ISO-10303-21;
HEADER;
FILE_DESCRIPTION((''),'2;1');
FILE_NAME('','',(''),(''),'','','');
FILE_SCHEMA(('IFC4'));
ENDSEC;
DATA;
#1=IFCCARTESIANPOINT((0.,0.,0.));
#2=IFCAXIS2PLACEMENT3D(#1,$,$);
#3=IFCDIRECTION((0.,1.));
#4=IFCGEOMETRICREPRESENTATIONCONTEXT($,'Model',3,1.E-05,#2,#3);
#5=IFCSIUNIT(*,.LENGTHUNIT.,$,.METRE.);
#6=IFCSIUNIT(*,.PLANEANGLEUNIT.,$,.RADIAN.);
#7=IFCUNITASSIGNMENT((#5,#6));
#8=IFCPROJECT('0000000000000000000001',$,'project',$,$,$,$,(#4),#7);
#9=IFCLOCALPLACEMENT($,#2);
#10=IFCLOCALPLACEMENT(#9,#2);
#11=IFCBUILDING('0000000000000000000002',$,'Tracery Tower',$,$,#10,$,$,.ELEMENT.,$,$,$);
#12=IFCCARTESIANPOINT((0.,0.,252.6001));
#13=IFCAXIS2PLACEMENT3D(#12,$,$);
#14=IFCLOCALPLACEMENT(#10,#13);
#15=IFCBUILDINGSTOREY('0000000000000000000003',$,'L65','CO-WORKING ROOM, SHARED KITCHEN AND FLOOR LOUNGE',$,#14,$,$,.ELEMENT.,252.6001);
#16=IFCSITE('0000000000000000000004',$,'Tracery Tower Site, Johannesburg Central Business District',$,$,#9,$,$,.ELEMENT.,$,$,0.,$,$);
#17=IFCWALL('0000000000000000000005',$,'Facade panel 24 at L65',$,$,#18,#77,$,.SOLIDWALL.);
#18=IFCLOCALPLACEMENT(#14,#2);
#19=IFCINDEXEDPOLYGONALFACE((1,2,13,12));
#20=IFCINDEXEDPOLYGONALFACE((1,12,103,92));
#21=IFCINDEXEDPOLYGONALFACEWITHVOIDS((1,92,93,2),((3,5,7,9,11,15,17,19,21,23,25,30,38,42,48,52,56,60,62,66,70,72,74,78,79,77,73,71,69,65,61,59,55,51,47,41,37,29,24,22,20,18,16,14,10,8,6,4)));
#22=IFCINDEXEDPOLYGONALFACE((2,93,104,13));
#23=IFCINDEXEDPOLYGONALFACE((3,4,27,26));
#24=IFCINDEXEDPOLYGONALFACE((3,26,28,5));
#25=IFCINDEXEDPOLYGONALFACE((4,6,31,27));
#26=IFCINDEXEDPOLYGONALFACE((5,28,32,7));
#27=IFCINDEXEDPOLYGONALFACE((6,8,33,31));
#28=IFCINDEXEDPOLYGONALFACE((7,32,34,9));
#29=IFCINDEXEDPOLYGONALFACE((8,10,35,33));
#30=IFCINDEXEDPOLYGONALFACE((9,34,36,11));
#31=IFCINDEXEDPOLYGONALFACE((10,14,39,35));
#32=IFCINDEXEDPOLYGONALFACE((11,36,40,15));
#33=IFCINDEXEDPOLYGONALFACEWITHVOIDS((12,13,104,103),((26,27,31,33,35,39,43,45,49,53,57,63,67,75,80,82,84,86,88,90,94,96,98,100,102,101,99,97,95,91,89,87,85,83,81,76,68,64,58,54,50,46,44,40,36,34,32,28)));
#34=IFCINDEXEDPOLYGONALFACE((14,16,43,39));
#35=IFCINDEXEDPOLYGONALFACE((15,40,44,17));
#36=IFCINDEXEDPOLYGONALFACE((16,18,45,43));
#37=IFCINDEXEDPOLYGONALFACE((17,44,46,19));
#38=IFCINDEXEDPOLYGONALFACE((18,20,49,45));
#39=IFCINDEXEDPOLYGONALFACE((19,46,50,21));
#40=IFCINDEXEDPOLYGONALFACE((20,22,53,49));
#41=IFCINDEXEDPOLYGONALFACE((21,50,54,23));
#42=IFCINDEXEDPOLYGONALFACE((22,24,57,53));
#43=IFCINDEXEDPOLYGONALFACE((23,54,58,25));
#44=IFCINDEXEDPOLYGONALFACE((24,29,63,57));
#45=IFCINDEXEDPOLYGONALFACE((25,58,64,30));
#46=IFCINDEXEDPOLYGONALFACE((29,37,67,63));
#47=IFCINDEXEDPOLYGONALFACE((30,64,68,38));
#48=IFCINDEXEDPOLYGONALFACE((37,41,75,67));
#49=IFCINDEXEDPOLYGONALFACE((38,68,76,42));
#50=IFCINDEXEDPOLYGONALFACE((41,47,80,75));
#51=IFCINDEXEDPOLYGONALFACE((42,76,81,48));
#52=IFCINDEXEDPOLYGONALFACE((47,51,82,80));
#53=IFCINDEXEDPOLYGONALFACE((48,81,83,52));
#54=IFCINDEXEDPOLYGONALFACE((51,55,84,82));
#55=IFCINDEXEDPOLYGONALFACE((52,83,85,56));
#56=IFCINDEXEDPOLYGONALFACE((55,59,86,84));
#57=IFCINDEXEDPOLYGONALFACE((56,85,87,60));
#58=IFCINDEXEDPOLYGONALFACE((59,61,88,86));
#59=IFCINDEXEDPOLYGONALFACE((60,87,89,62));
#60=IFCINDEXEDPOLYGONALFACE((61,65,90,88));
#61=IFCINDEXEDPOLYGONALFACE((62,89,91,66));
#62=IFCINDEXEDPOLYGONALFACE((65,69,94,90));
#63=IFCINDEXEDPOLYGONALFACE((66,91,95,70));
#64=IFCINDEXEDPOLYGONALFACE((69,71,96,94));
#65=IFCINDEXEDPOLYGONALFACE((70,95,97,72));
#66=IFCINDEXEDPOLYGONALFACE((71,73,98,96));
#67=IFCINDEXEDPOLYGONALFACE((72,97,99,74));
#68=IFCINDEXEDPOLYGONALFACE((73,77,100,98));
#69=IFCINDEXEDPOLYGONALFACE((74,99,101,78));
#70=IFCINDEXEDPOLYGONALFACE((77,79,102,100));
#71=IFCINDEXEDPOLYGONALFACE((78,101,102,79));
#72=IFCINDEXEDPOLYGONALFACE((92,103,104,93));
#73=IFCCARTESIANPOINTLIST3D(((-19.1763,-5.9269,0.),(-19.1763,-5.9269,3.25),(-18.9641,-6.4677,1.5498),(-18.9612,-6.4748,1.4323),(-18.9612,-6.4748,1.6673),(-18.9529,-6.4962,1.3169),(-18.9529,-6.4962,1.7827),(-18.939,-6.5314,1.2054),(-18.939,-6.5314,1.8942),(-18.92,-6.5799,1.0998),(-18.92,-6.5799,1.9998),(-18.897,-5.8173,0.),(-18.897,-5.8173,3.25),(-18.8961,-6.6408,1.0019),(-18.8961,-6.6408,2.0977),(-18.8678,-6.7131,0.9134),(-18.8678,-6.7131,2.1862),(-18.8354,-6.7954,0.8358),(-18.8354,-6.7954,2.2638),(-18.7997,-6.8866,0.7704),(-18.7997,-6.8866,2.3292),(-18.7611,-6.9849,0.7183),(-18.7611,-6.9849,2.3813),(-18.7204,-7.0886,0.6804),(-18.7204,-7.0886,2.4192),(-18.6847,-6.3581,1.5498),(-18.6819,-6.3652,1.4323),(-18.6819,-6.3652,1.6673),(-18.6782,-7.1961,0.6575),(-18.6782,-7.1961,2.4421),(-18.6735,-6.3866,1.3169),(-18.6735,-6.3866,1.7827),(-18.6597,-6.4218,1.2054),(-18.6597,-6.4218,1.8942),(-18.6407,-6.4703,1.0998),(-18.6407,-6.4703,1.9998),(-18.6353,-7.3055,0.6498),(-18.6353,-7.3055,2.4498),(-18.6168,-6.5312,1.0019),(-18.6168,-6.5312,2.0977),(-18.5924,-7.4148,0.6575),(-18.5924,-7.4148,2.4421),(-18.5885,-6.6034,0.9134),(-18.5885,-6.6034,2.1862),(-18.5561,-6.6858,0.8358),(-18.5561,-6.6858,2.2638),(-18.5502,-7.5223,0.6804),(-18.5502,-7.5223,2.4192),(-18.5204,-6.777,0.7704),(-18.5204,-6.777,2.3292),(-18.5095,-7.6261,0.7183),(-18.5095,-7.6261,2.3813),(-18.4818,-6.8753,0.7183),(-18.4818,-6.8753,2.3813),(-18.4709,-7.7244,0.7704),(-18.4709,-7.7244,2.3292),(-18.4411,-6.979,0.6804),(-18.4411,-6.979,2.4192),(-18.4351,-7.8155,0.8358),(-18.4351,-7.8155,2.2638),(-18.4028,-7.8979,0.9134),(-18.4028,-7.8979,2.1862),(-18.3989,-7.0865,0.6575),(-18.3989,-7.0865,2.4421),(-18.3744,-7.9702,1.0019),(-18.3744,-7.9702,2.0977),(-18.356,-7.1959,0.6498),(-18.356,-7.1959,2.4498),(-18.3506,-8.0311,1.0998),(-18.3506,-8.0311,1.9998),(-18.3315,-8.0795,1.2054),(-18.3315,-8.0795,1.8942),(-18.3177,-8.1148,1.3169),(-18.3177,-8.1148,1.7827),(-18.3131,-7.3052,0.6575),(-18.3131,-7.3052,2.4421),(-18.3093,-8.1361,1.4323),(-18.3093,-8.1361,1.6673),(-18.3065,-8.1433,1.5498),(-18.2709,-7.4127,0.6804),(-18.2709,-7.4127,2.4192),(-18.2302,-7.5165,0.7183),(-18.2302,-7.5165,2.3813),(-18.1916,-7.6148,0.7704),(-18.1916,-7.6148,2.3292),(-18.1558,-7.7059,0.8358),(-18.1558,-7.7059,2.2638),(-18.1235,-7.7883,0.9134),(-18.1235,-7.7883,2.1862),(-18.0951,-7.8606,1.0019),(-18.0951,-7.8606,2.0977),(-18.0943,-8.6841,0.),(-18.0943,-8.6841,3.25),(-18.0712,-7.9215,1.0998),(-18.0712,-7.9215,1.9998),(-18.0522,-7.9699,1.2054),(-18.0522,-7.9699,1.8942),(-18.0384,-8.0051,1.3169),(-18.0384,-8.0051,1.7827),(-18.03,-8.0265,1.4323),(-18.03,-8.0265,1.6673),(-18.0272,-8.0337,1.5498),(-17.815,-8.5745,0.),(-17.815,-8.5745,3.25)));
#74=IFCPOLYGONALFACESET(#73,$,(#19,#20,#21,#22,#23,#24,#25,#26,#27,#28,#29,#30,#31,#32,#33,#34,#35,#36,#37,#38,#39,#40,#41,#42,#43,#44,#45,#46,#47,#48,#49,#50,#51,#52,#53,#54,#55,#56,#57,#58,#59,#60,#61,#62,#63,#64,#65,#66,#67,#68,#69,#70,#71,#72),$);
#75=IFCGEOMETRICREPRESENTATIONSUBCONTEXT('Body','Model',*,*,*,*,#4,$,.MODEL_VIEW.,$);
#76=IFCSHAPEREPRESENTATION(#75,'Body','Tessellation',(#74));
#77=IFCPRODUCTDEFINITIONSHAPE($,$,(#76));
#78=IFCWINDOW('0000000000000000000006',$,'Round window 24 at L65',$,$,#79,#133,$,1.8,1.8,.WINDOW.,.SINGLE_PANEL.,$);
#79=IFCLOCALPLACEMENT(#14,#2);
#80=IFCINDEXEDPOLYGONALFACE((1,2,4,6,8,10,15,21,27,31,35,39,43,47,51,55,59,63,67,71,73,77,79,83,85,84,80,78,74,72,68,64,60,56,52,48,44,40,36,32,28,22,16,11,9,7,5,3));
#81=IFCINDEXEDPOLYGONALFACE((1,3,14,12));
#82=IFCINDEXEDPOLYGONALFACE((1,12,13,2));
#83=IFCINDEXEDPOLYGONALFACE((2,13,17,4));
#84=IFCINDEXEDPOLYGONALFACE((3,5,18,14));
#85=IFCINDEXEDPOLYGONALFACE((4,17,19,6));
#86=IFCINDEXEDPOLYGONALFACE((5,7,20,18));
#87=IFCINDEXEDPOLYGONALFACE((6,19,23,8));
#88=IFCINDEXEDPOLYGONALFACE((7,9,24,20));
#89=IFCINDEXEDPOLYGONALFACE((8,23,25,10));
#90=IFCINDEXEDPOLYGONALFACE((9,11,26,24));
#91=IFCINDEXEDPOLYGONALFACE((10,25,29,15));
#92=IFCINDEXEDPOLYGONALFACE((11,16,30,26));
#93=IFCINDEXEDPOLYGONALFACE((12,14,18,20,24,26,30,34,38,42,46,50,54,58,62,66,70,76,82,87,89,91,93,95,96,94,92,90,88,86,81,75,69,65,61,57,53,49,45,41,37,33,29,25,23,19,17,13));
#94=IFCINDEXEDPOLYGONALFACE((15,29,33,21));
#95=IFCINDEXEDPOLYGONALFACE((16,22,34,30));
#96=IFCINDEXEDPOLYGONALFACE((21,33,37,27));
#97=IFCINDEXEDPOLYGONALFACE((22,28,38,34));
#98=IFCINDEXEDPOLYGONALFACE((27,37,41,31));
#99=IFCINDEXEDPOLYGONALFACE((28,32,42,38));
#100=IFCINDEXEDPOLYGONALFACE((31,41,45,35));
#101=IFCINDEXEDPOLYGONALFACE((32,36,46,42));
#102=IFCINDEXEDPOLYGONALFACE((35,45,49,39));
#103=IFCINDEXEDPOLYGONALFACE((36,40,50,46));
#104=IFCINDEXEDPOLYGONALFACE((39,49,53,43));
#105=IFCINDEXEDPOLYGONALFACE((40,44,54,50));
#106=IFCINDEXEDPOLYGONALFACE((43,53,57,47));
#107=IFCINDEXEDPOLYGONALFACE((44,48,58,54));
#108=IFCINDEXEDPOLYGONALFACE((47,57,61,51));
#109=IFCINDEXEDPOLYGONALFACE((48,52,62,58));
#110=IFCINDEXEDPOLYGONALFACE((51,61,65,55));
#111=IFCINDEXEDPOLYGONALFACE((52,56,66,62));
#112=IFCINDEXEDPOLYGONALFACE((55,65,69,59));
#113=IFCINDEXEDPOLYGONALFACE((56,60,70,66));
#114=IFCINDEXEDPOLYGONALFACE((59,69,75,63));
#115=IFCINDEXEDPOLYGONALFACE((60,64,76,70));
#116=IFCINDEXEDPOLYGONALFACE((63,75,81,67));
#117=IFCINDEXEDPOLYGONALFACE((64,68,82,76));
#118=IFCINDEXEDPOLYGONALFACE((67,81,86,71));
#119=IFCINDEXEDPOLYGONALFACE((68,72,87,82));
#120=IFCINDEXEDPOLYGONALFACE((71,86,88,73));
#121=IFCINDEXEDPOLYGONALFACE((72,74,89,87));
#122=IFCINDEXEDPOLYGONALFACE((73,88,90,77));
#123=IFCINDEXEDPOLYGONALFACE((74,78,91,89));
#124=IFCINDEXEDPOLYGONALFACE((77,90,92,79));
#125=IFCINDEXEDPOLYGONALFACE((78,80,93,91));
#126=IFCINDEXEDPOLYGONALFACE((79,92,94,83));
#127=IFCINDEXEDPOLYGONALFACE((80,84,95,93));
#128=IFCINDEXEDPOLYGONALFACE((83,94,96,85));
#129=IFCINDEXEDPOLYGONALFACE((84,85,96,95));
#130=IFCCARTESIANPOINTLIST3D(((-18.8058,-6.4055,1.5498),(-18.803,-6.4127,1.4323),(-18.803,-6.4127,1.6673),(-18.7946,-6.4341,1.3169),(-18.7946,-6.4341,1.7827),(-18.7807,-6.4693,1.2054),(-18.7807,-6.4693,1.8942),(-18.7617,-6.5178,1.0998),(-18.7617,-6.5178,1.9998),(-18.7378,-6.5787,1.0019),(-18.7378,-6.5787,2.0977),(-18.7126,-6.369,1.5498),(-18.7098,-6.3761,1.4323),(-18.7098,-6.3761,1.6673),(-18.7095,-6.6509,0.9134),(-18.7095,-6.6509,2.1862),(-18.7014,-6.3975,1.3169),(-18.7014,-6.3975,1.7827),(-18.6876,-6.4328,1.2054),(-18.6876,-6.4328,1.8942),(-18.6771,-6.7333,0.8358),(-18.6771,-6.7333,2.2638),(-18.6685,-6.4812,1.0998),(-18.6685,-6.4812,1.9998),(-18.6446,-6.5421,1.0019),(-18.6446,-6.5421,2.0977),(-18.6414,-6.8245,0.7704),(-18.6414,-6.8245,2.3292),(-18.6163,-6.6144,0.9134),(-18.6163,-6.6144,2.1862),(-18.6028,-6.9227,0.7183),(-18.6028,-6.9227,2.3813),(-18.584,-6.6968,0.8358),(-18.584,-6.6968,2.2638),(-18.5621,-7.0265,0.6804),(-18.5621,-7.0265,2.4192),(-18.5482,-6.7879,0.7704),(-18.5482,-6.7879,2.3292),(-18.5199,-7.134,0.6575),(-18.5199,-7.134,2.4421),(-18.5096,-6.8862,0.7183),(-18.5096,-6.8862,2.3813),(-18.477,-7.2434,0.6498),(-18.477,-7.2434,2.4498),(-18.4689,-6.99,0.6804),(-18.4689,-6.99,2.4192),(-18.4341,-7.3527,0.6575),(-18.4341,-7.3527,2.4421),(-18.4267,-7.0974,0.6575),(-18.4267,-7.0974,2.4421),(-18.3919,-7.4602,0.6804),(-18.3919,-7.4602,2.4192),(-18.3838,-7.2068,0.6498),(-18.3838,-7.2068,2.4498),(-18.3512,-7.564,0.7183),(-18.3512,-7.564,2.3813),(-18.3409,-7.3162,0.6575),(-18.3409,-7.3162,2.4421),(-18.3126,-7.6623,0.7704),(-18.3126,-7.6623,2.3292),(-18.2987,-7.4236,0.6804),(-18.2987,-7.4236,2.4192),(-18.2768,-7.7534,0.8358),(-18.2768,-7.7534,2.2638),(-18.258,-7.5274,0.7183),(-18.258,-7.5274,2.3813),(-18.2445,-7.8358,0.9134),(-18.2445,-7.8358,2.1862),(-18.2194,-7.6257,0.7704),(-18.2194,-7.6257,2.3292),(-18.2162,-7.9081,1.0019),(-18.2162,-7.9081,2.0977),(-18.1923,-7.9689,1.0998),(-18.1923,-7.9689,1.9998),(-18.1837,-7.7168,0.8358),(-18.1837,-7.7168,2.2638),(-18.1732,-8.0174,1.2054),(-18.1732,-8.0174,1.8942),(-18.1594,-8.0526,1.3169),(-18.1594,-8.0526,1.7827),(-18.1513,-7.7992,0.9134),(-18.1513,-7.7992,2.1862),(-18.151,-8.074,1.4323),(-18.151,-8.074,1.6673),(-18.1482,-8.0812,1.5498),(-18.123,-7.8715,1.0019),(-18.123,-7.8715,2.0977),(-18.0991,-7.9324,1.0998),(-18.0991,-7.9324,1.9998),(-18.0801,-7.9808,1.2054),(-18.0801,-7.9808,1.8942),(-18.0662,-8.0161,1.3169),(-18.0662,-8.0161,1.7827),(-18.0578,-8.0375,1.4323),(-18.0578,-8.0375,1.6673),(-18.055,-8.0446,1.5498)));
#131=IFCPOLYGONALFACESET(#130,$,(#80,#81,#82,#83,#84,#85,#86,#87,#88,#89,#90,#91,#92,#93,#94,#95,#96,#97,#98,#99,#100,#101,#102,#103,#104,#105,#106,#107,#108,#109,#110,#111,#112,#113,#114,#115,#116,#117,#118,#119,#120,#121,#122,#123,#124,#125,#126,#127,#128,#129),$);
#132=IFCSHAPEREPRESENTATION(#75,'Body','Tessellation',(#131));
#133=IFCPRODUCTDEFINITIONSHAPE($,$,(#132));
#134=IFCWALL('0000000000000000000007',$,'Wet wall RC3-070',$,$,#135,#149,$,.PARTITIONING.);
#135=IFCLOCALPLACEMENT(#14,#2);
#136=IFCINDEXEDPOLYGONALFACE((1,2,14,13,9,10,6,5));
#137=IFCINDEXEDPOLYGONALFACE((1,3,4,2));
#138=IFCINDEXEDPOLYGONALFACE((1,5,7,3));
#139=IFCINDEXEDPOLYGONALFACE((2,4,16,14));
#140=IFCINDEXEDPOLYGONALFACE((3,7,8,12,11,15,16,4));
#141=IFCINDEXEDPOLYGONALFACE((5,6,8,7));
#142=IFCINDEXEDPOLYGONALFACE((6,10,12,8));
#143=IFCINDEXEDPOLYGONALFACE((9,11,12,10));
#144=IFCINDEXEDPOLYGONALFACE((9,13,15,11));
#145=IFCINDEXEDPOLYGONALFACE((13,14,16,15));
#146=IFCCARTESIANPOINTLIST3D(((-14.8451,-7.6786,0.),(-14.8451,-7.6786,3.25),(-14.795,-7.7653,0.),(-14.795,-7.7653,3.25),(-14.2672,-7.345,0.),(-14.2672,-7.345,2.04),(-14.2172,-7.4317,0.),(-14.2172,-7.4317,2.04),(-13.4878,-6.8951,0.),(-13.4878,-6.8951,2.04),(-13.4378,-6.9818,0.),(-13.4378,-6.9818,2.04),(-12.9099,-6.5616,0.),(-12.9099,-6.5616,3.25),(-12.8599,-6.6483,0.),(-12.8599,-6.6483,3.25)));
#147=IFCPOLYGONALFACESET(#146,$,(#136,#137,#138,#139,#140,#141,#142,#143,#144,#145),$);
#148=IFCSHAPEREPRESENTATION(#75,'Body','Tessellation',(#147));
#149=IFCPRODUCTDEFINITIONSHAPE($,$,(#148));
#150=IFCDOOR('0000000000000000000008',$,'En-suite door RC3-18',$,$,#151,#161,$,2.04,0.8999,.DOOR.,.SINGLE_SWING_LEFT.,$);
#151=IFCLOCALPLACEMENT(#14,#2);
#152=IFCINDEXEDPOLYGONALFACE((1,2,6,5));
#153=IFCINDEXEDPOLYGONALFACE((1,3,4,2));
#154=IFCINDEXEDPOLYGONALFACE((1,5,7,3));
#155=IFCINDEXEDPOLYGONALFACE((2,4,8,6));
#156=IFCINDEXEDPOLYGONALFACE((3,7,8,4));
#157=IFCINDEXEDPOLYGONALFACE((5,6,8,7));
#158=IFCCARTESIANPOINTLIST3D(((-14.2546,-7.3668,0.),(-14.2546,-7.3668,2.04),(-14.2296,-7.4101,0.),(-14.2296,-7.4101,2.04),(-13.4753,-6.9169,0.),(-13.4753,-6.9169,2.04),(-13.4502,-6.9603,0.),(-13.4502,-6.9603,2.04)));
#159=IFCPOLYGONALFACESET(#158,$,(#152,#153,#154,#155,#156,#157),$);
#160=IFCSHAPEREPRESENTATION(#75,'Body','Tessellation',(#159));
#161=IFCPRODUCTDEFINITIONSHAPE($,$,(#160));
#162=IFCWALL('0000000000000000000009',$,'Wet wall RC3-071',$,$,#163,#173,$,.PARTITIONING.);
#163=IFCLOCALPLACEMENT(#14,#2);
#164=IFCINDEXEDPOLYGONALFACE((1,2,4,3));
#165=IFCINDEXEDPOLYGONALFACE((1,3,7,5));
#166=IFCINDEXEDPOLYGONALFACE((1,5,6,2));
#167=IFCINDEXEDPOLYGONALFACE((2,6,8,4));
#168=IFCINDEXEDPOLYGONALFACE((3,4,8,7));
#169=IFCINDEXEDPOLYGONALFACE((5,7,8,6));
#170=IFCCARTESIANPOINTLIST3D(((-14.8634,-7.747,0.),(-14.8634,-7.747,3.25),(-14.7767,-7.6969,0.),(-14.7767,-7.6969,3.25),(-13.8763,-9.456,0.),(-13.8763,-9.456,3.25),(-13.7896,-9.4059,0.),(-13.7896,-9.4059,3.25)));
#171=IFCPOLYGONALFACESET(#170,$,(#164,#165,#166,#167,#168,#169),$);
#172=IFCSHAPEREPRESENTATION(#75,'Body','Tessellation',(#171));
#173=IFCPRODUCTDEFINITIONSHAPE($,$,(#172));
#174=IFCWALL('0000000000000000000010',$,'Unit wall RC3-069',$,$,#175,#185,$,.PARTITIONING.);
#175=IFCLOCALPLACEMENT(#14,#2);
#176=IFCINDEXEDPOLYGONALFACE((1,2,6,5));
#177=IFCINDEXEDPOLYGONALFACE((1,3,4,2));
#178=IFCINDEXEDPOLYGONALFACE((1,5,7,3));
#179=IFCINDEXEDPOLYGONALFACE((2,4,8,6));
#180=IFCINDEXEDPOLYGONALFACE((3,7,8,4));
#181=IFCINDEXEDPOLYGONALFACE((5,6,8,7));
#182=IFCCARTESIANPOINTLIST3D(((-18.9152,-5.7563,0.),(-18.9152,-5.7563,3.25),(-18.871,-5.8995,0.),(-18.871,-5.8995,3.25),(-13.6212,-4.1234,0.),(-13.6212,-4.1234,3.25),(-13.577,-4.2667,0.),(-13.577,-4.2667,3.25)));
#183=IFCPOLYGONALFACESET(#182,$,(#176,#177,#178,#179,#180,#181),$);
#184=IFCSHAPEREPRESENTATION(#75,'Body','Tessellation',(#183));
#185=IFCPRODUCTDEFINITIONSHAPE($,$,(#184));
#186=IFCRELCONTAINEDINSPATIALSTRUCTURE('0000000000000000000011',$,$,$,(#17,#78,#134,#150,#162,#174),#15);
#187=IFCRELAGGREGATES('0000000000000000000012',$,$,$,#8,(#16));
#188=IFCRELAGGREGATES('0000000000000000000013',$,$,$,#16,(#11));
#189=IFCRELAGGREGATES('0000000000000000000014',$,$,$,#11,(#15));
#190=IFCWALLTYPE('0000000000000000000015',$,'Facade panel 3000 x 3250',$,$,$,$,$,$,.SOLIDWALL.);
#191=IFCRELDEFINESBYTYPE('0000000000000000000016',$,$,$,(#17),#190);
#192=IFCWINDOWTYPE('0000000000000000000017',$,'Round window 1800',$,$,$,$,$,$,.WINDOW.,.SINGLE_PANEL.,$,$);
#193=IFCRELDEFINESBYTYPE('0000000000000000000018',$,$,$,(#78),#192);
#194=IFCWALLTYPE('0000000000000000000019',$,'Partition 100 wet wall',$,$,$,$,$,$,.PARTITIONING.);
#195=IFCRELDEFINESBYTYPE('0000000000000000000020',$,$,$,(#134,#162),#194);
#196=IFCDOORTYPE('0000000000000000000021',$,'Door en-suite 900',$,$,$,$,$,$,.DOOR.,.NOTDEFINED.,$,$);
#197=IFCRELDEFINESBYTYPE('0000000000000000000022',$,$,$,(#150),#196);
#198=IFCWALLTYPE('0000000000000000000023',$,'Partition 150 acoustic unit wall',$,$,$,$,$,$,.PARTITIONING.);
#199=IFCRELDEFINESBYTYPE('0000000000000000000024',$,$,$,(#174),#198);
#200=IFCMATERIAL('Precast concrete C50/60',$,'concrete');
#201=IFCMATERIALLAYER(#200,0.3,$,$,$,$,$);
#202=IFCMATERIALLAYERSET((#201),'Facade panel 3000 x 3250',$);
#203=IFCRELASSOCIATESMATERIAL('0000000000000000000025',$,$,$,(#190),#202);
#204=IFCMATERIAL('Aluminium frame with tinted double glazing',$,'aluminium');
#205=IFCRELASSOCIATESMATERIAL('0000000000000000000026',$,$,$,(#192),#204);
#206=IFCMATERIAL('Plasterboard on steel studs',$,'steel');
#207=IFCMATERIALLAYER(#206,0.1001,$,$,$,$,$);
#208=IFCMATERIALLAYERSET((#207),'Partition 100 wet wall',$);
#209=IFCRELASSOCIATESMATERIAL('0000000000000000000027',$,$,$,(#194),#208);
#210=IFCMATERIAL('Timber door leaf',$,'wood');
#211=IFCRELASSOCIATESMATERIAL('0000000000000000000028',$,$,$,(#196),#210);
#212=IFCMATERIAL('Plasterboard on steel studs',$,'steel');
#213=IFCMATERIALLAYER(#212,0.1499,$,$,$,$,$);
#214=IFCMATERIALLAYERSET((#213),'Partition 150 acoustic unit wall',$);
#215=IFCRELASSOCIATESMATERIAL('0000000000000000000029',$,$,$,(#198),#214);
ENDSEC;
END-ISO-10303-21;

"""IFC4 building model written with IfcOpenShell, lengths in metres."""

from ifc_helpers import new_model, si_unit, direction, frame, frame_2d, origin, origin_2d, place, context, subcontext, project, spatial, rectangle, circle, extrude, material, layer, layer_set, type_object, element, fill, save


model = new_model("IFC4")

# Units and contexts
model_context = context("Model", 3, precision=1e-05, world=origin(), true_north=direction((0.0, 1.0)))
body_context = subcontext(model_context, "Body", "Model", "MODEL_VIEW")
ifc_project = project(units=[si_unit("LENGTHUNIT", "METRE"), si_unit("PLANEANGLEUNIT", "RADIAN")], contexts=[model_context])

# Site, building, storey
site_placement = place(None, origin())
site = spatial("IfcSite", under=ifc_project, at=site_placement, Name="Tracery Tower Site, Johannesburg Central Business District", CompositionType="ELEMENT", RefElevation=0.0)
building_placement = place(site_placement, origin())
building = spatial("IfcBuilding", under=site, at=building_placement, Name="Tracery Tower", CompositionType="ELEMENT")
storey_placement = place(building_placement, frame((0.0, 0.0, 252.6001)))
storey = spatial("IfcBuildingStorey", under=building, at=storey_placement, Name="L65", Description="CO-WORKING ROOM, SHARED KITCHEN AND FLOOR LOUNGE", CompositionType="ELEMENT", Elevation=252.6001)

# Wall, opening, window
ifc_material_1 = material(Name="Precast concrete C50/60", Category="concrete")
ifc_layer_1 = layer(ifc_material_1, 0.3)
ifc_layer_set_1 = layer_set([ifc_layer_1], Name="Facade panel 3000 x 3250")
wall_type_1 = type_object("IfcWallType", Name="Facade panel 3000 x 3250", PredefinedType="SOLIDWALL", material=ifc_layer_set_1)
ifc_material_2 = material(Name="Aluminium frame with tinted double glazing", Category="aluminium")
window_type = type_object("IfcWindowType", Name="Round window 1800", PartitioningType="SINGLE_PANEL", PredefinedType="WINDOW", material=ifc_material_2)
wall_1_placement = place(storey_placement, frame((-19.0366, -5.8721, 0.0), z_axis=(0.0, 0.0, 1.0), x_axis=(0.3653, -0.93089, 0.0)))
wall_1 = element("IfcWall", 1, at=wall_1_placement, inside=storey, type_object=wall_type_1, Name="Facade panel 24 at L65", PredefinedType="SOLIDWALL", context=body_context, shape_type="SweptSolid", body=[
    extrude(rectangle(XDim=2.9619, YDim=0.3, at=frame_2d((1.481, 0.0))), origin(), (0.0, 0.0, 1.0), 3.25),
])
opening_1_placement = place(wall_1_placement, frame((1.481, 0.0, 1.5498)))
opening_1 = element("IfcOpeningElement", 2, at=opening_1_placement, cuts=wall_1, PredefinedType="OPENING", context=body_context, shape_type="SweptSolid", body=[
    extrude(circle(Radius=0.9, at=origin_2d()), frame((0.0, 0.1599, 0.0), z_axis=(0.0, -1.0, 0.0), x_axis=(1.0, 0.0, 0.0)), (0.0, 0.0, 1.0), 0.3201),
])
window_1_placement = place(opening_1_placement, origin())
window_1 = element("IfcWindow", 3, at=window_1_placement, inside=storey, type_object=window_type, Name="Round window 24 at L65", OverallHeight=1.8, OverallWidth=1.8, PartitioningType="SINGLE_PANEL", PredefinedType="WINDOW", context=body_context, shape_type="SweptSolid", body=[
    extrude(circle(Radius=0.9, at=origin_2d()), frame((0.0, 0.1201, 0.0), z_axis=(0.0, -1.0, 0.0), x_axis=(1.0, 0.0, 0.0)), (0.0, 0.0, 1.0), 0.1001),
])
fill(opening_1, window_1)

# Wall, opening, door
ifc_material_3 = material(Name="Plasterboard on steel studs", Category="steel")
ifc_layer_2 = layer(ifc_material_3, 0.1001)
ifc_layer_set_2 = layer_set([ifc_layer_2], Name="Partition 100 wet wall")
wall_type_2 = type_object("IfcWallType", Name="Partition 100 wet wall", PredefinedType="PARTITIONING", material=ifc_layer_set_2)
wall_2_placement = place(storey_placement, frame((-14.8201, -7.7219, 0.0), z_axis=(0.0, 0.0, 1.0), x_axis=(0.866076, 0.499912, 0.0)))
wall_2 = element("IfcWall", 4, at=wall_2_placement, inside=storey, type_object=wall_type_2, Name="Wet wall RC3-070", PredefinedType="PARTITIONING", context=body_context, shape_type="SweptSolid", body=[
    extrude(rectangle(XDim=2.2344, YDim=0.1001, at=frame_2d((1.1172, 0.0))), origin(), (0.0, 0.0, 1.0), 3.25),
])
opening_2_placement = place(wall_2_placement, frame((0.6672, 0.0, 0.0)))
opening_2 = element("IfcOpeningElement", 5, at=opening_2_placement, cuts=wall_2, PredefinedType="OPENING", context=body_context, shape_type="SweptSolid", body=[
    extrude(rectangle(XDim=0.8999, YDim=2.04, at=frame_2d((0.45, 1.02))), frame((0.0, 0.05, 0.0), z_axis=(0.0, -1.0, 0.0), x_axis=(1.0, 0.0, 0.0)), (0.0, 0.0, 1.0), 0.1001),
])
ifc_material_4 = material(Name="Timber door leaf", Category="wood")
door_type_1 = type_object("IfcDoorType", Name="Door en-suite 900", OperationType="NOTDEFINED", PredefinedType="DOOR", material=ifc_material_4)
door_1_placement = place(opening_2_placement, origin())
door_1 = element("IfcDoor", 6, at=door_1_placement, inside=storey, type_object=door_type_1, Name="En-suite door RC3-18", OperationType="SINGLE_SWING_LEFT", OverallHeight=2.04, OverallWidth=0.8999, PredefinedType="DOOR", context=body_context, shape_type="SweptSolid", body=[
    extrude(rectangle(XDim=0.8999, YDim=2.04, at=frame_2d((0.45, 1.02))), frame((0.0, 0.0249, 0.0), z_axis=(0.0, -1.0, 0.0), x_axis=(1.0, 0.0, 0.0)), (0.0, 0.0, 1.0), 0.05),
])
fill(opening_2, door_1)

# Walls
wall_3_placement = place(storey_placement, frame((-14.8201, -7.7219, 0.0), z_axis=(0.0, 0.0, 1.0), x_axis=(0.500144, -0.865942, 0.0)))
element("IfcWall", 7, at=wall_3_placement, inside=storey, type_object=wall_type_2, Name="Wet wall RC3-071", PredefinedType="PARTITIONING", context=body_context, shape_type="SweptSolid", body=[
    extrude(rectangle(XDim=1.9736, YDim=0.1001, at=frame_2d((0.9868, 0.0))), origin(), (0.0, 0.0, 1.0), 3.25),
])
ifc_material_5 = material(Name="Plasterboard on steel studs", Category="steel")
ifc_layer_3 = layer(ifc_material_5, 0.1499)
ifc_layer_set_3 = layer_set([ifc_layer_3], Name="Partition 150 acoustic unit wall")
wall_type_3 = type_object("IfcWallType", Name="Partition 150 acoustic unit wall", PredefinedType="PARTITIONING", material=ifc_layer_set_3)
wall_4_placement = place(storey_placement, frame((-18.8931, -5.8279, 0.0), z_axis=(0.0, 0.0, 1.0), x_axis=(0.955581, 0.29473, 0.0)))
element("IfcWall", 8, at=wall_4_placement, inside=storey, type_object=wall_type_3, Name="Unit wall RC3-069", PredefinedType="PARTITIONING", context=body_context, shape_type="SweptSolid", body=[
    extrude(rectangle(XDim=5.54, YDim=0.1499, at=frame_2d((2.77, 0.0))), origin(), (0.0, 0.0, 1.0), 3.25),
])

save(model, "model.ifc")
